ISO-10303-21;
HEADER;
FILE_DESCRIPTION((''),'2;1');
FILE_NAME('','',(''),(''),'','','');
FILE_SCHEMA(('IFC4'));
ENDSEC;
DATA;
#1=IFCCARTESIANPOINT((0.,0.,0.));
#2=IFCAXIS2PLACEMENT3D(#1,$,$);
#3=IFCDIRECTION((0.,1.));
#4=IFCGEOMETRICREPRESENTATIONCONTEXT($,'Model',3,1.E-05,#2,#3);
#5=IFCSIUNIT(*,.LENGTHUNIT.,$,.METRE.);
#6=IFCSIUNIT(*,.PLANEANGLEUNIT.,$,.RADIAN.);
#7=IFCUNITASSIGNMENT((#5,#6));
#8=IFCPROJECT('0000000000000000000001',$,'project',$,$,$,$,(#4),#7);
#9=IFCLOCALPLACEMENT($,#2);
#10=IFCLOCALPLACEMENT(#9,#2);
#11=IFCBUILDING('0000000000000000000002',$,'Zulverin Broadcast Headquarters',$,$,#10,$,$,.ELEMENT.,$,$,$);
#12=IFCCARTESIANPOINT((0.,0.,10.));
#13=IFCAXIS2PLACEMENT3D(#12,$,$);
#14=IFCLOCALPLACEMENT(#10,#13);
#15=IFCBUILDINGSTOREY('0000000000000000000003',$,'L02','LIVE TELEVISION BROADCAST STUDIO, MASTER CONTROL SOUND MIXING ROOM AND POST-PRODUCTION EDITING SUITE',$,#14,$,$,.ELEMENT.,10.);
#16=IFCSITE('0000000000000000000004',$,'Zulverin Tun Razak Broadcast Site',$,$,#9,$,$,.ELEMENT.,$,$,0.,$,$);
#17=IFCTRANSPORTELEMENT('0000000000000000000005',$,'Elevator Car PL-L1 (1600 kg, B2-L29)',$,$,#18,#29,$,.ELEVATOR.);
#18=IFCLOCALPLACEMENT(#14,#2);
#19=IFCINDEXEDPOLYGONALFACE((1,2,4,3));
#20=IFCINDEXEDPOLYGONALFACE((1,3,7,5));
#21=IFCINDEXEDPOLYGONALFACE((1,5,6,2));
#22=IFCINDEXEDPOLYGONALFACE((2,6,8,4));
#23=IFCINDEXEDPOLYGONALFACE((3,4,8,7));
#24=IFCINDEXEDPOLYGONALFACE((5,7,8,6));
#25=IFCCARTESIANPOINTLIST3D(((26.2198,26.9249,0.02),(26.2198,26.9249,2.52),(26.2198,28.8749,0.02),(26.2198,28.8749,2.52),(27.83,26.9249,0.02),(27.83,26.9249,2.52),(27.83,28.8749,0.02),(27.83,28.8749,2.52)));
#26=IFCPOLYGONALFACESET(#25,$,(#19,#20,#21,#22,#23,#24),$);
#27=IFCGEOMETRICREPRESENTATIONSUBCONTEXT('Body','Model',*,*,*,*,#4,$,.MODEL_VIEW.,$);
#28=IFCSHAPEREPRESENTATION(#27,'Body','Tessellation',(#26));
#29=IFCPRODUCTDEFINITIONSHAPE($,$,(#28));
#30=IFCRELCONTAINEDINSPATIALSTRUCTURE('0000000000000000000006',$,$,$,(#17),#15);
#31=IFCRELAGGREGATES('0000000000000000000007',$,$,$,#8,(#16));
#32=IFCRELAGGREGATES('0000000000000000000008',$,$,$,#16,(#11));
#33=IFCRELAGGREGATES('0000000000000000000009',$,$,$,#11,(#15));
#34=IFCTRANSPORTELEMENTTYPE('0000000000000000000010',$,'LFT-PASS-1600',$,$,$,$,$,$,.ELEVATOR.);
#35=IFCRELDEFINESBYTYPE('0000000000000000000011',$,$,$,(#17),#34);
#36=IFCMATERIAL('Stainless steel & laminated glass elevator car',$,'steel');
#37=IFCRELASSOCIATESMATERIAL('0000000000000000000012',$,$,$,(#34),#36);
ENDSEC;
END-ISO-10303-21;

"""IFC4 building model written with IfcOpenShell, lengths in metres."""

from ifc_helpers import new_model, si_unit, direction, frame, origin, origin_2d, place, context, subcontext, project, spatial, rectangle, extrude, material, type_object, element, save


model = new_model("IFC4")

# Units and contexts
model_context = context("Model", 3, precision=1e-05, world=origin(), true_north=direction((0.0, 1.0)))
body_context = subcontext(model_context, "Body", "Model", "MODEL_VIEW")
ifc_project = project(units=[si_unit("LENGTHUNIT", "METRE"), si_unit("PLANEANGLEUNIT", "RADIAN")], contexts=[model_context])

# Site, building, storey
site_placement = place(None, origin())
site = spatial("IfcSite", under=ifc_project, at=site_placement, Name="Zulverin Tun Razak Broadcast Site", CompositionType="ELEMENT", RefElevation=0.0)
building_placement = place(site_placement, origin())
building = spatial("IfcBuilding", under=site, at=building_placement, Name="Zulverin Broadcast Headquarters", CompositionType="ELEMENT")
storey_placement = place(building_placement, frame((0.0, 0.0, 10.0)))
storey = spatial("IfcBuildingStorey", under=building, at=storey_placement, Name="L02", Description="LIVE TELEVISION BROADCAST STUDIO, MASTER CONTROL SOUND MIXING ROOM AND POST-PRODUCTION EDITING SUITE", CompositionType="ELEMENT", Elevation=10.0)

# Transport element
ifc_material_1 = material(Name="Stainless steel & laminated glass elevator car", Category="steel")
transport_element_type = type_object("IfcTransportElementType", Name="LFT-PASS-1600", PredefinedType="ELEVATOR", material=ifc_material_1)
transport_element_placement = place(storey_placement, frame((27.0249, 27.8999, 0.02), z_axis=(0.0, 0.0, 1.0), x_axis=(1.0, 0.0, 0.0)))
element("IfcTransportElement", 1, at=transport_element_placement, inside=storey, type_object=transport_element_type, Name="Elevator Car PL-L1 (1600 kg, B2-L29)", PredefinedType="ELEVATOR", context=body_context, shape_type="SweptSolid", body=[
    extrude(rectangle(XDim=1.6101, YDim=1.95, at=origin_2d()), origin(), (0.0, 0.0, 1.0), 2.5),
])

save(model, "model.ifc")
